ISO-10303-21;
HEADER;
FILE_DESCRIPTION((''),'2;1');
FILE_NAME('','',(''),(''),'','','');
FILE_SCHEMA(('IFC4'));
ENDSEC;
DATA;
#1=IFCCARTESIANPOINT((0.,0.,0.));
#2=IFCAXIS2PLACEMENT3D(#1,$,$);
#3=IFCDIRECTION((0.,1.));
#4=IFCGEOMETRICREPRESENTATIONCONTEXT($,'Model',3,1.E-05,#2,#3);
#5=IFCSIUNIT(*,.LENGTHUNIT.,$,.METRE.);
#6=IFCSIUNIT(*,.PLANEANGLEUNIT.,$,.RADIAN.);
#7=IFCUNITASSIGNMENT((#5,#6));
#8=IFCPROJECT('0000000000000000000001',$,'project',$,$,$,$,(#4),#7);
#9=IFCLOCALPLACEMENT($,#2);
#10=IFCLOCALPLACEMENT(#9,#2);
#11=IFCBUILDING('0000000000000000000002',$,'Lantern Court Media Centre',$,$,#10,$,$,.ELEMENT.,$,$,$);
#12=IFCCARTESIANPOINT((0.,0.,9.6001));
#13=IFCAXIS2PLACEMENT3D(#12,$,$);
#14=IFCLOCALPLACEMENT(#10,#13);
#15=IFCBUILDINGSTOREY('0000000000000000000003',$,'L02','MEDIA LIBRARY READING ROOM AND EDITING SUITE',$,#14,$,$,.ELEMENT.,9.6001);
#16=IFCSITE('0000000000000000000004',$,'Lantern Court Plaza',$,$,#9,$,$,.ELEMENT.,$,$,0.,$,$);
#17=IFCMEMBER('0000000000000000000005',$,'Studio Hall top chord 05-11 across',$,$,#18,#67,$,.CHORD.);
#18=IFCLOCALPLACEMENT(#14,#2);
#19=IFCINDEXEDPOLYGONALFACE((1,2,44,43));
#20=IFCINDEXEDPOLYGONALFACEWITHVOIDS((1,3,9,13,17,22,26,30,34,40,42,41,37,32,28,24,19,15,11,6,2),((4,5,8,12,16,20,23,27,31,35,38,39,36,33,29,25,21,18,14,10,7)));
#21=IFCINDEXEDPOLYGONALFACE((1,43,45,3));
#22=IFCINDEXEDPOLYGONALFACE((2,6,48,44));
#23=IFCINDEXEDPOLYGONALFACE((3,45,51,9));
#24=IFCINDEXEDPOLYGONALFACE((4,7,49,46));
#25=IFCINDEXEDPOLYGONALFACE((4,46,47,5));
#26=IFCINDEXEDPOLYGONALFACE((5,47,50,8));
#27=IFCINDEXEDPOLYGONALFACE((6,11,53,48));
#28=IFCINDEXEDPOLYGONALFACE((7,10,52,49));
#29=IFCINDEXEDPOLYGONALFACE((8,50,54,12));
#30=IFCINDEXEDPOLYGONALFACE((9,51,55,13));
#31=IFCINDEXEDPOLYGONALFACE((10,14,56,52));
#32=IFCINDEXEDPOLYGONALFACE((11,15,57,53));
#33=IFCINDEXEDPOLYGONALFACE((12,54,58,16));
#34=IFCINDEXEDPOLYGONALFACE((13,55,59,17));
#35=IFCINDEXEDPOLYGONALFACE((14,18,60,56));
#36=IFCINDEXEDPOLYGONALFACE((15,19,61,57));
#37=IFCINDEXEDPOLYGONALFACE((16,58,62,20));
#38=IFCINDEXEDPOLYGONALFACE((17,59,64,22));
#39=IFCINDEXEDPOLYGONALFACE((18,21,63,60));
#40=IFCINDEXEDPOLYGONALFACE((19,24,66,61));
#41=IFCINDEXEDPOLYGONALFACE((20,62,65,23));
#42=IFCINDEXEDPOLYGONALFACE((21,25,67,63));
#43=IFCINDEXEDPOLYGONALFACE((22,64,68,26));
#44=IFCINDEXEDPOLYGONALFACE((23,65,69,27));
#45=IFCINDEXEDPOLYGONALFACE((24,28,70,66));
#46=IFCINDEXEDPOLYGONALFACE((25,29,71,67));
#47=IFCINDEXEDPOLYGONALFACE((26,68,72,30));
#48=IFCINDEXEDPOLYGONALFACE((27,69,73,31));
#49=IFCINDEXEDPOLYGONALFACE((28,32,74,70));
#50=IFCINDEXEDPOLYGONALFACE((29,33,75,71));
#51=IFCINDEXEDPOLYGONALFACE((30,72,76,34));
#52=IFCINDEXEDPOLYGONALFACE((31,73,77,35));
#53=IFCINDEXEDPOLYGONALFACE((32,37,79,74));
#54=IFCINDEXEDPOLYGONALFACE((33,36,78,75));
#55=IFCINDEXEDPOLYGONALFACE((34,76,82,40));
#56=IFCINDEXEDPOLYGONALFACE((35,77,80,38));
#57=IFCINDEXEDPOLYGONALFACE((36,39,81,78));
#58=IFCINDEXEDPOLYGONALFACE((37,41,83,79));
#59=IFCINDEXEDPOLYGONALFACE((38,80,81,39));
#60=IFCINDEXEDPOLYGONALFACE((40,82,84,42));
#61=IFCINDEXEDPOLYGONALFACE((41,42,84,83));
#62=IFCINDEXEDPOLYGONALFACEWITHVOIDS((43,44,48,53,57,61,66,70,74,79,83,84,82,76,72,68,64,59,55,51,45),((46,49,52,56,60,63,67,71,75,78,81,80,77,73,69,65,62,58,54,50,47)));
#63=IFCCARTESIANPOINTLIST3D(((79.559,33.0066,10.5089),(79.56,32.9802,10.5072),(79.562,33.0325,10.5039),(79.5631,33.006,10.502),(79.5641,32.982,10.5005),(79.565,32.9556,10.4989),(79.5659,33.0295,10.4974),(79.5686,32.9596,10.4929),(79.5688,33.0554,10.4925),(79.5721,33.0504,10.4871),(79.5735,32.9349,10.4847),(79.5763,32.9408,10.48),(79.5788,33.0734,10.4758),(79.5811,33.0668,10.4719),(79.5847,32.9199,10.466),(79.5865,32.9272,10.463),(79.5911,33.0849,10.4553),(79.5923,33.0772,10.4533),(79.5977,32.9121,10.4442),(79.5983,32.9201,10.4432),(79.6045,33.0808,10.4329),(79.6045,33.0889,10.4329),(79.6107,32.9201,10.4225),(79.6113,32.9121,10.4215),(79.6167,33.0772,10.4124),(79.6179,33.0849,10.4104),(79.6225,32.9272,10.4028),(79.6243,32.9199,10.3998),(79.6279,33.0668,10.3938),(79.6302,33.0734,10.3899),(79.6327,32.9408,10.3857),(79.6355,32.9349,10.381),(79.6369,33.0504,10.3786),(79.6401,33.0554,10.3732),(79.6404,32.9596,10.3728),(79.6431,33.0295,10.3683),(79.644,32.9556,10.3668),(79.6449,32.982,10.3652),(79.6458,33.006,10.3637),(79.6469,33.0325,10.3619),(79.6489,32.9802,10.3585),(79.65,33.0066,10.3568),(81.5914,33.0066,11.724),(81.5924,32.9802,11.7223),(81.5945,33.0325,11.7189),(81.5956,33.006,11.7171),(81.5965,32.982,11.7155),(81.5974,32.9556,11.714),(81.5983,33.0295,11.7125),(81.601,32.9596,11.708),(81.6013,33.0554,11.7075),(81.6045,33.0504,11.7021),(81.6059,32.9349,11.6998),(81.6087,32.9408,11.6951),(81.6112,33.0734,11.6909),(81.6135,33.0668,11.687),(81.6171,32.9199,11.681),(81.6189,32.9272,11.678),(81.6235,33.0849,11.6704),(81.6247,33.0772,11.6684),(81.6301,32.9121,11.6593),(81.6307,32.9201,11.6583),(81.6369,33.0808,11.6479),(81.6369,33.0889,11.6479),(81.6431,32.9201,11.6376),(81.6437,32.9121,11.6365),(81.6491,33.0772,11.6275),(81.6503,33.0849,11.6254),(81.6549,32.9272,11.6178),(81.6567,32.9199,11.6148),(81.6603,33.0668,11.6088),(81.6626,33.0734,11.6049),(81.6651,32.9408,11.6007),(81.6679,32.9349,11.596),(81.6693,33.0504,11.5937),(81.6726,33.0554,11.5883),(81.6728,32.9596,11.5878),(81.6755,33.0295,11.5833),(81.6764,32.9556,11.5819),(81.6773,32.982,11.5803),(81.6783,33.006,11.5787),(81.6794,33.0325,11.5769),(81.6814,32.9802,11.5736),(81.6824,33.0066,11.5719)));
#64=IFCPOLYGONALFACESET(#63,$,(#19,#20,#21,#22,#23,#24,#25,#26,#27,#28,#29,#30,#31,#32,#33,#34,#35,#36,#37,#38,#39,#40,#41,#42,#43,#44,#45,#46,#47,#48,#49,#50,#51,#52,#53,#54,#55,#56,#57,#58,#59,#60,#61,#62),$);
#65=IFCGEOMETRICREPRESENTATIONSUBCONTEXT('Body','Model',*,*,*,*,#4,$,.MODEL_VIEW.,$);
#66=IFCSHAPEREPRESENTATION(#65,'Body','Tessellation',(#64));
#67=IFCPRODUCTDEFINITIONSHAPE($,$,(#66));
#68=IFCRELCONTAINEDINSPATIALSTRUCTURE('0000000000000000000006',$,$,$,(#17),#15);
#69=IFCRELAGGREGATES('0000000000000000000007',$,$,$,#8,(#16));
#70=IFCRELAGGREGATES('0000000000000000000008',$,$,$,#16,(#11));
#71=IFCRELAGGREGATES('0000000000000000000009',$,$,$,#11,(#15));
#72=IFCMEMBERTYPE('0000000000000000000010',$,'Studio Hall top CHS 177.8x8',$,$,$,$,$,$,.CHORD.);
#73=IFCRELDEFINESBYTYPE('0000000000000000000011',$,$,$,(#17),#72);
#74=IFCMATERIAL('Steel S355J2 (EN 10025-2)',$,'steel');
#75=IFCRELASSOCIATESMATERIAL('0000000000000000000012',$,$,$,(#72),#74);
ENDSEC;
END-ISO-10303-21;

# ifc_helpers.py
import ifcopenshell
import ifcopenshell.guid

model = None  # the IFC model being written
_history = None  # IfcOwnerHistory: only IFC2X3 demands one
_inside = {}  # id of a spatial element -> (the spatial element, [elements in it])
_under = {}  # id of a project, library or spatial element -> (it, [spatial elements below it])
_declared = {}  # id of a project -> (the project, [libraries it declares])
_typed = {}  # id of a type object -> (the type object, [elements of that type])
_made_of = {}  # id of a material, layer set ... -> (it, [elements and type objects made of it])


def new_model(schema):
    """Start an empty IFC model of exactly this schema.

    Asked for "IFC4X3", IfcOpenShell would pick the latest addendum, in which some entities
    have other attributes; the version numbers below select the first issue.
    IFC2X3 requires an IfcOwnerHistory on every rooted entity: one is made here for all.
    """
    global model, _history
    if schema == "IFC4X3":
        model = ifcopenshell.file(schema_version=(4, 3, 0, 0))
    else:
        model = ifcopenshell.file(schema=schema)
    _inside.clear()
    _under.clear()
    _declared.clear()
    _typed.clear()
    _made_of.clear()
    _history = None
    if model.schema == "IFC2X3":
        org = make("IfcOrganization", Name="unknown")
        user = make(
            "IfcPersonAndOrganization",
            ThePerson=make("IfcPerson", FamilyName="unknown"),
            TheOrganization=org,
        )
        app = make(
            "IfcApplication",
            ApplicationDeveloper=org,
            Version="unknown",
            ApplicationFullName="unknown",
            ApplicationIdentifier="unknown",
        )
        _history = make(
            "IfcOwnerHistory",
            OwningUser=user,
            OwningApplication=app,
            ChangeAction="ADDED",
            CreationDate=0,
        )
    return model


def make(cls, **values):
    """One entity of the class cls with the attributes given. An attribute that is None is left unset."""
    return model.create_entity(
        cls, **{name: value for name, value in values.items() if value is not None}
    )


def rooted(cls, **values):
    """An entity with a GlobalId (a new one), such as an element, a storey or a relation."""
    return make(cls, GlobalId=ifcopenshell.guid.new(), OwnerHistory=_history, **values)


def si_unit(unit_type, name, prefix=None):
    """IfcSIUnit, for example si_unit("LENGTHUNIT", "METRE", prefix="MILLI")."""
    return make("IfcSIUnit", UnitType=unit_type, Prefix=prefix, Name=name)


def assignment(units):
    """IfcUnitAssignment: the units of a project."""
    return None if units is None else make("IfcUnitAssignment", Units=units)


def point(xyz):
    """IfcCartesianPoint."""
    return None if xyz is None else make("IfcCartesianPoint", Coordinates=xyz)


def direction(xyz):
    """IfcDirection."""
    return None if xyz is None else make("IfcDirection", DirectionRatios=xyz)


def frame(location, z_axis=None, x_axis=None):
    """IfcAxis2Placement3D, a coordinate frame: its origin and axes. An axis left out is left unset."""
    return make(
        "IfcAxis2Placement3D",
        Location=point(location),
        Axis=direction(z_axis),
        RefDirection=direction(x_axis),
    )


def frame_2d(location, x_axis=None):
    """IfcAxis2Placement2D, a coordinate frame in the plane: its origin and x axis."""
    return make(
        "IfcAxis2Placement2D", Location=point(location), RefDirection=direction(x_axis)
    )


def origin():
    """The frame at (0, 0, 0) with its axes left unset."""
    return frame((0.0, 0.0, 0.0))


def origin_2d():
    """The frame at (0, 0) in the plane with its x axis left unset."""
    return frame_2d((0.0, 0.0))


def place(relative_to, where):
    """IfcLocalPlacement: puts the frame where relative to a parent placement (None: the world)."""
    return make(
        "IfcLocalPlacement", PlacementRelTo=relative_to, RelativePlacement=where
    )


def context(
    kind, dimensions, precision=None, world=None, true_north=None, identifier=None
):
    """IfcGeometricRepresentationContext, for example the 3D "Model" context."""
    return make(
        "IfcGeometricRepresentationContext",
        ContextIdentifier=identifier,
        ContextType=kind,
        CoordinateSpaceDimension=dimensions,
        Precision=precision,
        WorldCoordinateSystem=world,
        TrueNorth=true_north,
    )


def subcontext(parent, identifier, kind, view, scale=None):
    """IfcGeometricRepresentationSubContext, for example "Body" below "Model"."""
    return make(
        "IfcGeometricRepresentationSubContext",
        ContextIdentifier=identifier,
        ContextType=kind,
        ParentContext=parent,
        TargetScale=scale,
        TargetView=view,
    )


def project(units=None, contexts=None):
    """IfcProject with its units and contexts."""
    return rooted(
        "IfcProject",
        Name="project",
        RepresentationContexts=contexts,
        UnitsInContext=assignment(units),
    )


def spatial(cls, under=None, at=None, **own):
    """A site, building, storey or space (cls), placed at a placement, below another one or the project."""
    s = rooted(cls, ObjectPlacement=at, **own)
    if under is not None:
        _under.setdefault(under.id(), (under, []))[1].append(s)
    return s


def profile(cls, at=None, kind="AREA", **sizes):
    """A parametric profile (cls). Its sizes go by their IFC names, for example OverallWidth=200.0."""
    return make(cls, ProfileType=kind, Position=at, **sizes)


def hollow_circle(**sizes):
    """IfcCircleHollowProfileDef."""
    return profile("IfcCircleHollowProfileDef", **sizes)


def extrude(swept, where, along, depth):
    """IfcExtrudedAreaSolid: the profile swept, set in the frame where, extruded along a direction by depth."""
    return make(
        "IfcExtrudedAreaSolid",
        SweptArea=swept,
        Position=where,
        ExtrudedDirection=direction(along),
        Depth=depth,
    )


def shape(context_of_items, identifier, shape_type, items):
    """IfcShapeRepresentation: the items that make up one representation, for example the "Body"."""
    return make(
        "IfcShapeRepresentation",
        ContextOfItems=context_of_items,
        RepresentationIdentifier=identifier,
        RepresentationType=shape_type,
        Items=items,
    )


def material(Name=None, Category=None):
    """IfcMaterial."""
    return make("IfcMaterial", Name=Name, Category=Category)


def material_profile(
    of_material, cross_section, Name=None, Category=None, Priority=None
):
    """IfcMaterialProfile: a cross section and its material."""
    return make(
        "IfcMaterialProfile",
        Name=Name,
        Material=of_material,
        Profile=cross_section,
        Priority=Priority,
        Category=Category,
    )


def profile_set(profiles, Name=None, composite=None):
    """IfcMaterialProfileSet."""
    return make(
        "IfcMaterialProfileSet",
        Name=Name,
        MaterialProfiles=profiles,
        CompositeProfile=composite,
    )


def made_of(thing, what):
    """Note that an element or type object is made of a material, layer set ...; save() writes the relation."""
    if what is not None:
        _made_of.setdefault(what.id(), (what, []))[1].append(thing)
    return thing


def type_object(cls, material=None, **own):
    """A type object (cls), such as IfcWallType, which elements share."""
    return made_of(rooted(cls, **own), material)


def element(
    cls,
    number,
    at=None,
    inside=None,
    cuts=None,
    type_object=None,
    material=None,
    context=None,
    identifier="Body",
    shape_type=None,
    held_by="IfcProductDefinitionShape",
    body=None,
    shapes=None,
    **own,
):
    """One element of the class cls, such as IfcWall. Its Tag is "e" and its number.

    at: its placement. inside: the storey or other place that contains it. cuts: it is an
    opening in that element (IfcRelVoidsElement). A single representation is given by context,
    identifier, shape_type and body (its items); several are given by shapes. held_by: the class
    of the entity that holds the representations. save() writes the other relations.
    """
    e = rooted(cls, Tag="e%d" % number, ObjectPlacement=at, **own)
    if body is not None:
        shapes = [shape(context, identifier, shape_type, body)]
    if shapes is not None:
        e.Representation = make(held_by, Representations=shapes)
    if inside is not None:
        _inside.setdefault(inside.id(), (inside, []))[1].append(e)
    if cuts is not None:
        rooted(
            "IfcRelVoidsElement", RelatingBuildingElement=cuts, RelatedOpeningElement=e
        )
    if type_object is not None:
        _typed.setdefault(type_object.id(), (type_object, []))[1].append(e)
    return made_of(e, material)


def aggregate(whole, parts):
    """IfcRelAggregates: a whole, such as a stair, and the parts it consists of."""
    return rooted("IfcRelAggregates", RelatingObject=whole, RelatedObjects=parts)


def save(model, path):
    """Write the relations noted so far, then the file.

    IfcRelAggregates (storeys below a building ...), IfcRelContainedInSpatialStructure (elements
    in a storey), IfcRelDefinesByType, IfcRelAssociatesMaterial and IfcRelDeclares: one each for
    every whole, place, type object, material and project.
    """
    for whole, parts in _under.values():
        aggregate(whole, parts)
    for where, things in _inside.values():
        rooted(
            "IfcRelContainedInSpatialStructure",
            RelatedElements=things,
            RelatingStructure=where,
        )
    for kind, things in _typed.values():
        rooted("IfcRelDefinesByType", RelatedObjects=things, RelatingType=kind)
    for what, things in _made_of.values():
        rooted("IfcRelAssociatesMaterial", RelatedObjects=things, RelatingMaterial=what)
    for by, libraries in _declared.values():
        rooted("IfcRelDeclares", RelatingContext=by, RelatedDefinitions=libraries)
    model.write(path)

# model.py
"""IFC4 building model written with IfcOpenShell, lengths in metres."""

from ifc_helpers import new_model, si_unit, direction, frame, origin, origin_2d, place, context, subcontext, project, spatial, hollow_circle, extrude, material, material_profile, profile_set, type_object, element, save


model = new_model("IFC4")

# Units and contexts
model_context = context("Model", 3, precision=1e-05, world=origin(), true_north=direction((0.0, 1.0)))
body_context = subcontext(model_context, "Body", "Model", "MODEL_VIEW")
ifc_project = project(units=[si_unit("LENGTHUNIT", "METRE"), si_unit("PLANEANGLEUNIT", "RADIAN")], contexts=[model_context])

# Site, building, storey
site_placement = place(None, origin())
site = spatial("IfcSite", under=ifc_project, at=site_placement, Name="Lantern Court Plaza", CompositionType="ELEMENT", RefElevation=0.0)
building_placement = place(site_placement, origin())
building = spatial("IfcBuilding", under=site, at=building_placement, Name="Lantern Court Media Centre", CompositionType="ELEMENT")
storey_placement = place(building_placement, frame((0.0, 0.0, 9.6001)))
storey = spatial("IfcBuildingStorey", under=building, at=storey_placement, Name="L02", Description="MEDIA LIBRARY READING ROOM AND EDITING SUITE", CompositionType="ELEMENT", Elevation=9.6001)

# Member
ifc_material = material(Name="Steel S355J2 (EN 10025-2)", Category="steel")
ifc_material_profile_1 = material_profile(ifc_material, hollow_circle(Radius=0.0889, WallThickness=0.0081, at=origin_2d()), Name="Studio Hall top CHS 177.8x8")
ifc_profile_set_1 = profile_set([ifc_material_profile_1], Name="Steel S355J2 (EN 10025-2)")
member_type_1 = type_object("IfcMemberType", Name="Studio Hall top CHS 177.8x8", PredefinedType="CHORD", material=ifc_profile_set_1)
member_1_placement = place(storey_placement, frame((79.6045, 33.0, 10.4329), z_axis=(0.858311, 0.0, 0.513131), x_axis=(0.0, 1.0, 0.0)))
element("IfcMember", 1, at=member_1_placement, inside=storey, type_object=member_type_1, Name="Studio Hall top chord 05-11 across", PredefinedType="CHORD", context=body_context, shape_type="SweptSolid", body=[
    extrude(hollow_circle(Radius=0.0889, WallThickness=0.0081, at=origin_2d()), origin(), (0.0, 0.0, 1.0), 2.3679),
])

save(model, "model.ifc")
